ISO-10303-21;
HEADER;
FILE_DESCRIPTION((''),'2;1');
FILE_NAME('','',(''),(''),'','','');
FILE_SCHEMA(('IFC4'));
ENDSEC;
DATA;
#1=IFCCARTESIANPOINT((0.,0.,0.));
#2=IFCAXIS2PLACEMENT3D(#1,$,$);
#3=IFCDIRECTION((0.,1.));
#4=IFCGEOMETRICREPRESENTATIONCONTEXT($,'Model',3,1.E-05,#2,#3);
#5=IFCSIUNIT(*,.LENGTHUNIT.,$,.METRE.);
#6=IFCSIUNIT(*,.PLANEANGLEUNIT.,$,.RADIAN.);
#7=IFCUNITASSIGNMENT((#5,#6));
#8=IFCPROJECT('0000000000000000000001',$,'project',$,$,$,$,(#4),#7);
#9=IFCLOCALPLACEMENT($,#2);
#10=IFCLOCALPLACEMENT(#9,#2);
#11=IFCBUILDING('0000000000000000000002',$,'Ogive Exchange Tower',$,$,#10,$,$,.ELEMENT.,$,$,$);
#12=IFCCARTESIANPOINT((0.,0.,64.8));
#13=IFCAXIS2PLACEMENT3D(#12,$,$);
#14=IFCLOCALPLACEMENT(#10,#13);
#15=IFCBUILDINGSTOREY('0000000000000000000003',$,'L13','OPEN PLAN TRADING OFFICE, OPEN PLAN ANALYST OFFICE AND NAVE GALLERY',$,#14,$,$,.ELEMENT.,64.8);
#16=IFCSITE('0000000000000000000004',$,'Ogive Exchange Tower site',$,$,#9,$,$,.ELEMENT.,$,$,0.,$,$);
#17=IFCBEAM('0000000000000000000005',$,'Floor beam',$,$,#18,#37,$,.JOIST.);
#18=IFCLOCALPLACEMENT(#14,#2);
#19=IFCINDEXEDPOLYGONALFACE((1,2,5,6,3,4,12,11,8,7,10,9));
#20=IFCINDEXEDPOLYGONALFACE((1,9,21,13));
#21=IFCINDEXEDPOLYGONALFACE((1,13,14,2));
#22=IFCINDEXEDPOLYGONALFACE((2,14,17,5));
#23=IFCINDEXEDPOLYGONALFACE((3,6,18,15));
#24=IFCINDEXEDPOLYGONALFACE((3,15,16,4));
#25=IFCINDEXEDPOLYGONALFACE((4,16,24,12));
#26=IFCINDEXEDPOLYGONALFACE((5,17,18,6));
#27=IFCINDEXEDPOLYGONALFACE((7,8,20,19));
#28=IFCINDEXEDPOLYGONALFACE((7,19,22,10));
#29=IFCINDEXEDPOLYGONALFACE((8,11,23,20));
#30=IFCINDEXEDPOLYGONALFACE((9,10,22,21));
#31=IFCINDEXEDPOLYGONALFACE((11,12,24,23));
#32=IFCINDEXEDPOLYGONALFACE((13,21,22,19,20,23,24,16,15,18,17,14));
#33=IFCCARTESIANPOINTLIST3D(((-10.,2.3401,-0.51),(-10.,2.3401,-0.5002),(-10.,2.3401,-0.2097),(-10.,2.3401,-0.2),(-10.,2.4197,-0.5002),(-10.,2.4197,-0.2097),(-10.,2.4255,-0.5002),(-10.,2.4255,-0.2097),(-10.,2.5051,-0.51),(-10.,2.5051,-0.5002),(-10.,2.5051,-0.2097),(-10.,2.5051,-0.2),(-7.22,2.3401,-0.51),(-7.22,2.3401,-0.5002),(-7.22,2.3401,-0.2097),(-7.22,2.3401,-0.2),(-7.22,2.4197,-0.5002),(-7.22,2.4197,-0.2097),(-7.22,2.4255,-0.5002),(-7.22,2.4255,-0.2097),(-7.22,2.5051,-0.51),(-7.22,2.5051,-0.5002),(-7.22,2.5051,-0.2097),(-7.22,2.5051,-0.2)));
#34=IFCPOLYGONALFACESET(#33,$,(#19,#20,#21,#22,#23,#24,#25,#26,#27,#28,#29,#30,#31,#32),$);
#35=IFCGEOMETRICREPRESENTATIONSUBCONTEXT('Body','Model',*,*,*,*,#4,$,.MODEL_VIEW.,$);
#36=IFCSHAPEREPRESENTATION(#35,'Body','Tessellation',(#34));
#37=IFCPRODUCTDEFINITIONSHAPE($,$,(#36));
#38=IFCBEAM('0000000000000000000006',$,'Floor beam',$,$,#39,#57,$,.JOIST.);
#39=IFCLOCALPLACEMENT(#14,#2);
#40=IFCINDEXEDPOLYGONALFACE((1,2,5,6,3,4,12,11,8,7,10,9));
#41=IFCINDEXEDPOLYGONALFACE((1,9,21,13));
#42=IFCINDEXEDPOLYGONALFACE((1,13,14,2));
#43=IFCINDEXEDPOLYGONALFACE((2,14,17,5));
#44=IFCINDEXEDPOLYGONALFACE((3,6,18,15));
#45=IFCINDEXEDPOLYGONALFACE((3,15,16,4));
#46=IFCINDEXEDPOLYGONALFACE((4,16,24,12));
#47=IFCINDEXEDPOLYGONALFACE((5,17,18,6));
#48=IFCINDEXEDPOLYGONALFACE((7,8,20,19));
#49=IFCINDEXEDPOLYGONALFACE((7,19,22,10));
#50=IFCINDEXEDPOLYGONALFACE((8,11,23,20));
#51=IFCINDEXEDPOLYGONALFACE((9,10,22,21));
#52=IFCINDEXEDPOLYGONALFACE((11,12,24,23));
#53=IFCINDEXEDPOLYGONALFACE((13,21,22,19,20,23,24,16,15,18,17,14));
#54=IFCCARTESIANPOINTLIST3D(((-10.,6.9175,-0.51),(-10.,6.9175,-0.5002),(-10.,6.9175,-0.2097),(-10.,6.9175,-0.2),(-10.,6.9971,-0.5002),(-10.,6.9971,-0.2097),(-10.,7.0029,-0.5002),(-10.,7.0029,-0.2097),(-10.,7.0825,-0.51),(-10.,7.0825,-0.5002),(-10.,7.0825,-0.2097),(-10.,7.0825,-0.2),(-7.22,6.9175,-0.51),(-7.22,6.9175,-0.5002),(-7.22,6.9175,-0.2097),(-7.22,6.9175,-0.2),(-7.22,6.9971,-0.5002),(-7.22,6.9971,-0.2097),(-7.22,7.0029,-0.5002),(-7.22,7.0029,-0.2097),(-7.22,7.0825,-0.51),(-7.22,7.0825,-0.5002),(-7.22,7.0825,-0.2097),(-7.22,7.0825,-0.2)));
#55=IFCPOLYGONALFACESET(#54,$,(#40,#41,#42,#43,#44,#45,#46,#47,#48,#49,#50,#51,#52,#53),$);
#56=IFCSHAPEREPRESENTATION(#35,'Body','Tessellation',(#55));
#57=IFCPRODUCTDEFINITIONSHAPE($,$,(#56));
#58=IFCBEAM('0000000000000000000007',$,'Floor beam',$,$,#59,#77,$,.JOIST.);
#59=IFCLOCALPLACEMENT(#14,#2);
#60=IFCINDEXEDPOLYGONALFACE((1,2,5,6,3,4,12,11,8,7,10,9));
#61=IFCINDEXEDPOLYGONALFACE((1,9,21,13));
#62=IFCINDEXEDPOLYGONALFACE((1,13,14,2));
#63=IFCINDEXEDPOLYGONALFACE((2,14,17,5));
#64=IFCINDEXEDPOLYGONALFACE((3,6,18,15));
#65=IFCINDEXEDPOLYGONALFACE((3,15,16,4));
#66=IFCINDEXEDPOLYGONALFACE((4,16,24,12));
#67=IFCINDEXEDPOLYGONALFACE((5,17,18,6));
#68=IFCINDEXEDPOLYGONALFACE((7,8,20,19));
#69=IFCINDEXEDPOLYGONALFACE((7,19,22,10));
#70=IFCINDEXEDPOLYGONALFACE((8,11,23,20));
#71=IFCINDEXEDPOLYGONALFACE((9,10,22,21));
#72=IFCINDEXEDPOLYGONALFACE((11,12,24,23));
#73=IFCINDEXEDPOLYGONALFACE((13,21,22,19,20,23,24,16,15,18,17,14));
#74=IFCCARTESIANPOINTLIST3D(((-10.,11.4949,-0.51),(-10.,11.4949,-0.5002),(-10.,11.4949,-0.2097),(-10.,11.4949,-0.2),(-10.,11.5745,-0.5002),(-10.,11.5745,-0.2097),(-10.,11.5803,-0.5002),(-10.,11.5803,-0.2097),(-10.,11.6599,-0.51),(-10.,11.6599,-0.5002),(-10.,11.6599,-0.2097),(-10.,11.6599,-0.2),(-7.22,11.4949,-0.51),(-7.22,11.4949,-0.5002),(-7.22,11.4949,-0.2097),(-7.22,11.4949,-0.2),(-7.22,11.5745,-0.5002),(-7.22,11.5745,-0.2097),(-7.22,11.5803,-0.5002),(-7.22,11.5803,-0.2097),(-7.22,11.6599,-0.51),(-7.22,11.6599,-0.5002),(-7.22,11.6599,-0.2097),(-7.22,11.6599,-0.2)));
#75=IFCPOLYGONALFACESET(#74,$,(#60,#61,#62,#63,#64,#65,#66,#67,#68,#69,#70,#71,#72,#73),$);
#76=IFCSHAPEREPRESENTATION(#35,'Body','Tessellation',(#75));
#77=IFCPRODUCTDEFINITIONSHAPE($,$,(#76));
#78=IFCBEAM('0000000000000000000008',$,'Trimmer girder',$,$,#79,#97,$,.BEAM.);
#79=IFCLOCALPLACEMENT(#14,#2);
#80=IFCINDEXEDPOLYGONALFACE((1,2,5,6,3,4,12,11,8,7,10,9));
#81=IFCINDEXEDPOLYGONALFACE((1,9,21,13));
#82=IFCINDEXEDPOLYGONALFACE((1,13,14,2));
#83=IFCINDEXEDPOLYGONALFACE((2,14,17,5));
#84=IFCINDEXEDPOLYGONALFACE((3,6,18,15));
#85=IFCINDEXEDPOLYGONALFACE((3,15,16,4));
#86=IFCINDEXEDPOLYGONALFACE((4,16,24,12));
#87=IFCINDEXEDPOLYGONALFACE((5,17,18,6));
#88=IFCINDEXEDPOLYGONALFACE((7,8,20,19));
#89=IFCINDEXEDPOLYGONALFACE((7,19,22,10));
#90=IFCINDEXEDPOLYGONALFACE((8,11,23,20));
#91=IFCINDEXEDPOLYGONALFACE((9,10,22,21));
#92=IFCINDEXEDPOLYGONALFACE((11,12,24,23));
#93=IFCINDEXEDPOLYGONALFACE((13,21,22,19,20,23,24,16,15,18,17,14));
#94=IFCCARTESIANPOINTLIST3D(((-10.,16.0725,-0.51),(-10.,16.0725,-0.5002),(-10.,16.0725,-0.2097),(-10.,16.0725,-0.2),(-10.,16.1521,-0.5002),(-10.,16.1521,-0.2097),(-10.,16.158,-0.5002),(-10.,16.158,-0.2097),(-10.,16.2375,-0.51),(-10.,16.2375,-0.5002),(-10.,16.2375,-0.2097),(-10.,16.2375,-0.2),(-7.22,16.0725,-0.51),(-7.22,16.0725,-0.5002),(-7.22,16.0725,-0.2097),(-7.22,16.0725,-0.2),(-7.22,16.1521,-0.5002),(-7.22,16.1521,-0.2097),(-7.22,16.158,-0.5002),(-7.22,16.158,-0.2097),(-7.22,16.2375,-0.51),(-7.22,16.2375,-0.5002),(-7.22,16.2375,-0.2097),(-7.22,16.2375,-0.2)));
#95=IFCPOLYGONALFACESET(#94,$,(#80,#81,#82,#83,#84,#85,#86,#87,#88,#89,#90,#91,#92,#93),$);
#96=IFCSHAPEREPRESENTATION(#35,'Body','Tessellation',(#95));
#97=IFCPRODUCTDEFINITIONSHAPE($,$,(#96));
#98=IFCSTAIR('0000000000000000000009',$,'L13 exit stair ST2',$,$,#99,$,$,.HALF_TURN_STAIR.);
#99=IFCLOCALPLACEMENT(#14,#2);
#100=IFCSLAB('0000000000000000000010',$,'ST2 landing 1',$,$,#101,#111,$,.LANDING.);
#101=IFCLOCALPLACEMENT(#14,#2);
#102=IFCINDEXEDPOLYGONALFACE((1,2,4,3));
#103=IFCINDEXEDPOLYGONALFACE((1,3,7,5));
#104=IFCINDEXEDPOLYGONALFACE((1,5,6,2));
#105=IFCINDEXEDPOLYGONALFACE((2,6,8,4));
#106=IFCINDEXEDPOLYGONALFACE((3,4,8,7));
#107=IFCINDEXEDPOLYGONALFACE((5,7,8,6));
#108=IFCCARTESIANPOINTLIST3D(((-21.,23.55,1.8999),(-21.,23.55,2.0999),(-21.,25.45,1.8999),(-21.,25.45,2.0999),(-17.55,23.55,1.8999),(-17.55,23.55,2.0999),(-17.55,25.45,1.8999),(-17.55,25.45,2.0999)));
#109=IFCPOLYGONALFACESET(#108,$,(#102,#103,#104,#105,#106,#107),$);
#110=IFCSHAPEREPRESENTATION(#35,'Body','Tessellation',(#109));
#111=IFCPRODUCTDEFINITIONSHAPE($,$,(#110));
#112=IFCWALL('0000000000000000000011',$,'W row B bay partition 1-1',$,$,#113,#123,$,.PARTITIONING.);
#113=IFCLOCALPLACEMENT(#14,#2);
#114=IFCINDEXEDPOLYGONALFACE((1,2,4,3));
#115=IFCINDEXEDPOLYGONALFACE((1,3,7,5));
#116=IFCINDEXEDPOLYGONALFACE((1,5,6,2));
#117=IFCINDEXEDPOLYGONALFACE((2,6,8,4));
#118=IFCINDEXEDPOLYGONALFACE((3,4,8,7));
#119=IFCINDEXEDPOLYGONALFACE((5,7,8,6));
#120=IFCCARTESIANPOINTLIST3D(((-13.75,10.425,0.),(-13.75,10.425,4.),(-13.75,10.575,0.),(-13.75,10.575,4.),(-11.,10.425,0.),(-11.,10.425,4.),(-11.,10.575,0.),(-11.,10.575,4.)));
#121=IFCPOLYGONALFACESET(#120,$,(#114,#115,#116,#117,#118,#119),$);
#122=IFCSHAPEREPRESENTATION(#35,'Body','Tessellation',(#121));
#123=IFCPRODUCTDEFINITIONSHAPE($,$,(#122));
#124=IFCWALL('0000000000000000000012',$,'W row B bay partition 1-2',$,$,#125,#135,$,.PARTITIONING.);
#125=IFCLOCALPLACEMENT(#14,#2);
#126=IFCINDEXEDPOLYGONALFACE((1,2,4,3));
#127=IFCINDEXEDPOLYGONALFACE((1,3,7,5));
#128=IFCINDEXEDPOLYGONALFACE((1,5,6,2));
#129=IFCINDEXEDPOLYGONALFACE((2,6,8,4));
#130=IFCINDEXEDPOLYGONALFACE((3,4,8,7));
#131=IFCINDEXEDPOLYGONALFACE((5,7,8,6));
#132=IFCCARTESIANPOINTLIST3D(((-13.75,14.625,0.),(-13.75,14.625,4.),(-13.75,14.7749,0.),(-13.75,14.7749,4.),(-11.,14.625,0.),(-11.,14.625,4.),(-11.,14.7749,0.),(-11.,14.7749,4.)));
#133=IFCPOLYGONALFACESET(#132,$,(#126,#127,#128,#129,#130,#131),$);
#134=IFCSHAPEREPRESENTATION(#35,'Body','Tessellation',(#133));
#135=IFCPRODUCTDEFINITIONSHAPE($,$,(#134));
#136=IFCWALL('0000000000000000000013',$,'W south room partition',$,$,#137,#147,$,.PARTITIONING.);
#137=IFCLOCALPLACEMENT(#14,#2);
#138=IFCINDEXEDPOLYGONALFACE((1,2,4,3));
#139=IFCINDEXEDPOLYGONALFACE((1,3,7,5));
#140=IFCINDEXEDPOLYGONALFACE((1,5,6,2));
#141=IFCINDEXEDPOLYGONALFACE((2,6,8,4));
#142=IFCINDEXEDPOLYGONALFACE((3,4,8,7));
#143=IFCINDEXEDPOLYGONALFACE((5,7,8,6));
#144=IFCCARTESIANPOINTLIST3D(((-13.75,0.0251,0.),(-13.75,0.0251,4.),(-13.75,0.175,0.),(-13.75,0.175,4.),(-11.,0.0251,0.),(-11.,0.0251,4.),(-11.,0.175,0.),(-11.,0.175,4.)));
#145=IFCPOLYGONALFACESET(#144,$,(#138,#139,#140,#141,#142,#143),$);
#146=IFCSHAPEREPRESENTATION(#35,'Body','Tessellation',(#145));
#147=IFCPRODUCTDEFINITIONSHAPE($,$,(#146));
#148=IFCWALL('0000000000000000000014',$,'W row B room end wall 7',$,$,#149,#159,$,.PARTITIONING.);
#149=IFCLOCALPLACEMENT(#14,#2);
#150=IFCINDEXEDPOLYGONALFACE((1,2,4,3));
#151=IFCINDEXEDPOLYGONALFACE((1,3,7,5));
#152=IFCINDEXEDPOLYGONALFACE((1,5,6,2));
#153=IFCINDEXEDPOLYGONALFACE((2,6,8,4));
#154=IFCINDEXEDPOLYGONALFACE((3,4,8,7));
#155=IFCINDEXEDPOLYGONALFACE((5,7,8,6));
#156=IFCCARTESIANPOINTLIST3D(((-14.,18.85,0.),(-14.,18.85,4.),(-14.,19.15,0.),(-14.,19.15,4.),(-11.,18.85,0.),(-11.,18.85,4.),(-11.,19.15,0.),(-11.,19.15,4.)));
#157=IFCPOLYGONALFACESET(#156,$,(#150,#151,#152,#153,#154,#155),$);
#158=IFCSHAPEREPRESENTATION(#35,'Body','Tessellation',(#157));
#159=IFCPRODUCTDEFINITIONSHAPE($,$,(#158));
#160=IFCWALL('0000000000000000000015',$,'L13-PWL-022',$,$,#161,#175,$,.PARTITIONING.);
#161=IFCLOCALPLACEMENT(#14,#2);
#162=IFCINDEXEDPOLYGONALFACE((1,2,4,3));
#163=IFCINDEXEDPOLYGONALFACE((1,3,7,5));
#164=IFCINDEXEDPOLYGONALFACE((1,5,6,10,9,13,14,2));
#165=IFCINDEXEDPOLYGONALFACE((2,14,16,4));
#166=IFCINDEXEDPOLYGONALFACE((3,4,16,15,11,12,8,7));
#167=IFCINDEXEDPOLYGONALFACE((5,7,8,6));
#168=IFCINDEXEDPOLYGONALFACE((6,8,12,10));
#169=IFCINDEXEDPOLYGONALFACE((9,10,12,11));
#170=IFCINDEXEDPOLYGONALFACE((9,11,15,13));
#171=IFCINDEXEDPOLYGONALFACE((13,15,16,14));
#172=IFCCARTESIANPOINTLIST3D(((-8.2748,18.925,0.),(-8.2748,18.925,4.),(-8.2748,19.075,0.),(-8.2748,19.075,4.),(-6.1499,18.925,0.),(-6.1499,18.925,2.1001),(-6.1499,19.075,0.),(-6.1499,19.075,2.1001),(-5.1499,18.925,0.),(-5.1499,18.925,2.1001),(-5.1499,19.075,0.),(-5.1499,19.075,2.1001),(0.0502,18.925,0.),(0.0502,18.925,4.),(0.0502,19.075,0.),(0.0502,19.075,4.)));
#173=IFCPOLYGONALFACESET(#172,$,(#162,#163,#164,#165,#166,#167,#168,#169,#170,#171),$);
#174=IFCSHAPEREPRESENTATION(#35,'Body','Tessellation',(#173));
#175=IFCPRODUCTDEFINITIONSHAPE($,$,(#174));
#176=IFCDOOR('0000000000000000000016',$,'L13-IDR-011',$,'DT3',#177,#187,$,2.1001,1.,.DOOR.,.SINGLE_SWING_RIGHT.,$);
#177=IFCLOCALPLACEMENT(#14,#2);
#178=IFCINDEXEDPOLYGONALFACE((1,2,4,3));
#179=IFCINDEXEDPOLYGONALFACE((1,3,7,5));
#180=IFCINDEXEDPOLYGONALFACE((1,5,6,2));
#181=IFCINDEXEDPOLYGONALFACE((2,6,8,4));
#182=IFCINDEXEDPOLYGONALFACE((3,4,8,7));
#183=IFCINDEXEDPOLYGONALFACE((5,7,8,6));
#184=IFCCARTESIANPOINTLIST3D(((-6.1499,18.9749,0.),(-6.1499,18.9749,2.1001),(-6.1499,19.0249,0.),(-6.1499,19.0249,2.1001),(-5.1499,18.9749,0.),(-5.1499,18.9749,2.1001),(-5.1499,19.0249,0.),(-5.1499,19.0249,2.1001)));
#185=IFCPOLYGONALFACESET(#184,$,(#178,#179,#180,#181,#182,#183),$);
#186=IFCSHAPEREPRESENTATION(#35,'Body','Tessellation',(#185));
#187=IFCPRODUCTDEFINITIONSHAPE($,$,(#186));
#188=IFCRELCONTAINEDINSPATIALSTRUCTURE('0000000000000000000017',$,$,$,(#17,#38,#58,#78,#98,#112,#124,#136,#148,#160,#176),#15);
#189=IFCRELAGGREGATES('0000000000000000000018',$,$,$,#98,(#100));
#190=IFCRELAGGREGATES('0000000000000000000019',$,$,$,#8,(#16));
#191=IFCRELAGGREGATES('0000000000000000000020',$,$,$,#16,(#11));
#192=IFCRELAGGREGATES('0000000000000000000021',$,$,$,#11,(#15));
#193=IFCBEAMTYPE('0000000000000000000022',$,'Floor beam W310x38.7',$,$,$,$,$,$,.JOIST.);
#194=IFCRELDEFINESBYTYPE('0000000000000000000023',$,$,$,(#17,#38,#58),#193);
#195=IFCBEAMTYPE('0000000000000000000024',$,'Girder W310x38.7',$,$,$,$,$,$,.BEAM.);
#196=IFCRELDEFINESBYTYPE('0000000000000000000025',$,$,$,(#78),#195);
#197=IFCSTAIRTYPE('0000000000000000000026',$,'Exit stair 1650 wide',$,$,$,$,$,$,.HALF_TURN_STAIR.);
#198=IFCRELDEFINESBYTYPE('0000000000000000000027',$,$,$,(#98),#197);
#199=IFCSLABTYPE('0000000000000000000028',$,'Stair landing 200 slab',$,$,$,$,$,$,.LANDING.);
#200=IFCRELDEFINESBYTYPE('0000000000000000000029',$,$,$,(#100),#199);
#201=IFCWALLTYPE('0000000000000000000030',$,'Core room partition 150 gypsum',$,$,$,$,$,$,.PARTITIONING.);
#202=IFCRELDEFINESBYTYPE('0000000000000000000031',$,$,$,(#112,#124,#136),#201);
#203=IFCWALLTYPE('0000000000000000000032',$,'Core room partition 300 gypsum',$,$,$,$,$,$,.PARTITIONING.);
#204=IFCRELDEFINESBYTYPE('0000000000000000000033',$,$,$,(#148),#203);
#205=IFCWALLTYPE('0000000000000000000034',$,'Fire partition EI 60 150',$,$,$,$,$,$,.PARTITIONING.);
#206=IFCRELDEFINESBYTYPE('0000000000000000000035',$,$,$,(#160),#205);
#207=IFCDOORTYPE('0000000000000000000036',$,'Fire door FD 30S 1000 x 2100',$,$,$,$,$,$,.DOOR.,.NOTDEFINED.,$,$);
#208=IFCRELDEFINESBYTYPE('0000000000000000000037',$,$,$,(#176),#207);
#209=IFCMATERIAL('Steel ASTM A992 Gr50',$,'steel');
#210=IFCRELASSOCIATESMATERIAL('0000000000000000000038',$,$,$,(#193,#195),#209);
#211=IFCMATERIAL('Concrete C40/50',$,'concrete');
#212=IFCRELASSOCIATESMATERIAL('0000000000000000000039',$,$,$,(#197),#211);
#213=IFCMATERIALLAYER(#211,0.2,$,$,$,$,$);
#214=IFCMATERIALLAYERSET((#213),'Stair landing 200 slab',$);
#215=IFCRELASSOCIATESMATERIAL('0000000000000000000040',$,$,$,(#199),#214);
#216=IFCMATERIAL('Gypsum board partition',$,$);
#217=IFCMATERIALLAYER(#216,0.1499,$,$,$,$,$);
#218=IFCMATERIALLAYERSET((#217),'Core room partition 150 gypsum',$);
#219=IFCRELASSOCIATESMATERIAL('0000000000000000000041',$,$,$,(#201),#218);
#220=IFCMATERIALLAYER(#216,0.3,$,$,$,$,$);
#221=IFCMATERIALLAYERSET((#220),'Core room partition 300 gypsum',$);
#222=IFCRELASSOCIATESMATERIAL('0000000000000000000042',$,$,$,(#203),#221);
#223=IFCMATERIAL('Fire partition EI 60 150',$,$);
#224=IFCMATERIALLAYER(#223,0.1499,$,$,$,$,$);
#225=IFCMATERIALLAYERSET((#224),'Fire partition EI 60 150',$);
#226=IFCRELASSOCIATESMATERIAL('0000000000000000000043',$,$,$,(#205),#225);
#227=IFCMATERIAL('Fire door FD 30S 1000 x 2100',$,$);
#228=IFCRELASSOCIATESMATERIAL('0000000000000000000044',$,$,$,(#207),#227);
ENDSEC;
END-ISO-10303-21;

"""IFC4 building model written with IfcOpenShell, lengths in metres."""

from ifc_helpers import new_model, si_unit, direction, frame, frame_2d, origin, origin_2d, place, context, subcontext, project, spatial, polyline, rectangle, i_section, outline, extrude, material, layer, layer_set, material_profile, profile_set, type_object, element, fill, aggregate, save


model = new_model("IFC4")

# Units and contexts
model_context = context("Model", 3, precision=1e-05, world=origin(), true_north=direction((0.0, 1.0)))
body_context = subcontext(model_context, "Body", "Model", "MODEL_VIEW")
ifc_project = project(units=[si_unit("LENGTHUNIT", "METRE"), si_unit("PLANEANGLEUNIT", "RADIAN")], contexts=[model_context])

# Site, building, storey
site_placement = place(None, origin())
site = spatial("IfcSite", under=ifc_project, at=site_placement, Name="Ogive Exchange Tower site", CompositionType="ELEMENT", RefElevation=0.0)
building_placement = place(site_placement, origin())
building = spatial("IfcBuilding", under=site, at=building_placement, Name="Ogive Exchange Tower", CompositionType="ELEMENT")
storey_placement = place(building_placement, frame((0.0, 0.0, 64.8)))
storey = spatial("IfcBuildingStorey", under=building, at=storey_placement, Name="L13", Description="OPEN PLAN TRADING OFFICE, OPEN PLAN ANALYST OFFICE AND NAVE GALLERY", CompositionType="ELEMENT", Elevation=64.8)

# Beams
ifc_material_1 = material(Name="Steel ASTM A992 Gr50", Category="steel")
ifc_material_profile_1 = material_profile(ifc_material_1, i_section(OverallWidth=0.165, OverallDepth=0.3101, WebThickness=0.0059, FlangeThickness=0.0098, at=origin_2d()), Name="W310x38.7")
ifc_profile_set_1 = profile_set([ifc_material_profile_1], Name="Steel ASTM A992 Gr50")
beam_type_1 = type_object("IfcBeamType", Name="Floor beam W310x38.7", PredefinedType="JOIST", material=ifc_profile_set_1)
for number, where, z_axis, x_axis, name in (
    (1, (-10.0, 2.4226, -0.355), (1.0, 0.0, 0.0), (0.0, 1.0, 0.0), "Floor beam"),
    (2, (-10.0, 7.0, -0.355), (1.0, 0.0, 0.0), (0.0, 1.0, 0.0), "Floor beam"),
    (3, (-10.0, 11.5774, -0.355), (1.0, 0.0, 0.0), (0.0, 1.0, 0.0), "Floor beam"),
):
    element("IfcBeam", number, at=place(storey_placement, frame(where, z_axis=z_axis, x_axis=x_axis)), inside=storey, type_object=beam_type_1, Name=name, PredefinedType="JOIST", context=body_context, shape_type="SweptSolid", body=[
        extrude(i_section(OverallWidth=0.165, OverallDepth=0.3101, WebThickness=0.0059, FlangeThickness=0.0098, at=origin_2d()), origin(), (0.0, 0.0, 1.0), 2.78),
    ])
ifc_material_profile_2 = material_profile(ifc_material_1, i_section(OverallWidth=0.165, OverallDepth=0.3101, WebThickness=0.0059, FlangeThickness=0.0098, at=origin_2d()), Name="W310x38.7")
ifc_profile_set_2 = profile_set([ifc_material_profile_2], Name="Steel ASTM A992 Gr50")
beam_type_2 = type_object("IfcBeamType", Name="Girder W310x38.7", PredefinedType="BEAM", material=ifc_profile_set_2)
beam_placement = place(storey_placement, frame((-10.0, 16.155, -0.355), z_axis=(1.0, 0.0, 0.0), x_axis=(0.0, 1.0, 0.0)))
element("IfcBeam", 4, at=beam_placement, inside=storey, type_object=beam_type_2, Name="Trimmer girder", PredefinedType="BEAM", context=body_context, shape_type="SweptSolid", body=[
    extrude(i_section(OverallWidth=0.165, OverallDepth=0.3101, WebThickness=0.0059, FlangeThickness=0.0098, at=origin_2d()), origin(), (0.0, 0.0, 1.0), 2.78),
])

# Stair, slab
ifc_material_2 = material(Name="Concrete C40/50", Category="concrete")
stair_type = type_object("IfcStairType", Name="Exit stair 1650 wide", PredefinedType="HALF_TURN_STAIR", material=ifc_material_2)
stair_1_placement = place(storey_placement, origin())
stair_1 = element("IfcStair", 5, at=stair_1_placement, inside=storey, type_object=stair_type, Name="L13 exit stair ST2", PredefinedType="HALF_TURN_STAIR")
ifc_layer_1 = layer(ifc_material_2, 0.2)
ifc_layer_set_1 = layer_set([ifc_layer_1], Name="Stair landing 200 slab")
slab_type = type_object("IfcSlabType", Name="Stair landing 200 slab", PredefinedType="LANDING", material=ifc_layer_set_1)
slab_placement = place(storey_placement, frame((0.0, 0.0, 1.8999)))
slab = element("IfcSlab", 6, at=slab_placement, type_object=slab_type, Name="ST2 landing 1", PredefinedType="LANDING", context=body_context, shape_type="SweptSolid", body=[
    extrude(outline(polyline([(-17.55, 23.55), (-17.55, 25.45), (-21.0, 25.45), (-21.0, 23.55), (-17.55, 23.55)])), origin(), (0.0, 0.0, 1.0), 0.2),
])
aggregate(stair_1, [slab])

# Walls
ifc_material_3 = material(Name="Gypsum board partition")
ifc_layer_2 = layer(ifc_material_3, 0.1499)
ifc_layer_set_2 = layer_set([ifc_layer_2], Name="Core room partition 150 gypsum")
wall_type_1 = type_object("IfcWallType", Name="Core room partition 150 gypsum", PredefinedType="PARTITIONING", material=ifc_layer_set_2)
for number, where, z_axis, x_axis, name in (
    (7, (-13.75, 10.5, 0.0), (0.0, 0.0, 1.0), (1.0, 0.0, 0.0), "W row B bay partition 1-1"),
    (8, (-13.75, 14.7, 0.0), (0.0, 0.0, 1.0), (1.0, 0.0, 0.0), "W row B bay partition 1-2"),
    (9, (-13.75, 0.1001, 0.0), (0.0, 0.0, 1.0), (1.0, 0.0, 0.0), "W south room partition"),
):
    element("IfcWall", number, at=place(storey_placement, frame(where, z_axis=z_axis, x_axis=x_axis)), inside=storey, type_object=wall_type_1, Name=name, PredefinedType="PARTITIONING", context=body_context, shape_type="SweptSolid", body=[
        extrude(rectangle(XDim=2.75, YDim=0.1499, at=frame_2d((1.375, 0.0))), origin(), (0.0, 0.0, 1.0), 4.0),
    ])
ifc_layer_3 = layer(ifc_material_3, 0.3)
ifc_layer_set_3 = layer_set([ifc_layer_3], Name="Core room partition 300 gypsum")
wall_type_2 = type_object("IfcWallType", Name="Core room partition 300 gypsum", PredefinedType="PARTITIONING", material=ifc_layer_set_3)
wall_1_placement = place(storey_placement, frame((-14.0, 19.0, 0.0), z_axis=(0.0, 0.0, 1.0), x_axis=(1.0, 0.0, 0.0)))
element("IfcWall", 10, at=wall_1_placement, inside=storey, type_object=wall_type_2, Name="W row B room end wall 7", PredefinedType="PARTITIONING", context=body_context, shape_type="SweptSolid", body=[
    extrude(rectangle(XDim=3.0, YDim=0.3, at=frame_2d((1.5, 0.0))), origin(), (0.0, 0.0, 1.0), 4.0),
])

# Wall, opening, door
ifc_material_4 = material(Name="Fire partition EI 60 150")
ifc_layer_4 = layer(ifc_material_4, 0.1499)
ifc_layer_set_4 = layer_set([ifc_layer_4], Name="Fire partition EI 60 150")
wall_type_3 = type_object("IfcWallType", Name="Fire partition EI 60 150", PredefinedType="PARTITIONING", material=ifc_layer_set_4)
wall_2_placement = place(storey_placement, frame((-8.2749, 19.0, 0.0), z_axis=(0.0, 0.0, 1.0), x_axis=(1.0, 0.0, 0.0)))
wall_2 = element("IfcWall", 11, at=wall_2_placement, inside=storey, type_object=wall_type_3, Name="L13-PWL-022", PredefinedType="PARTITIONING", context=body_context, shape_type="SweptSolid", body=[
    extrude(rectangle(XDim=8.325, YDim=0.1499, at=frame_2d((4.1626, 0.0))), origin(), (0.0, 0.0, 1.0), 4.0),
])
opening_1_placement = place(wall_2_placement, frame((2.125, 0.0, 0.0)))
opening_1 = element("IfcOpeningElement", 12, at=opening_1_placement, cuts=wall_2, PredefinedType="OPENING", context=body_context, shape_type="SweptSolid", body=[
    extrude(rectangle(XDim=1.0, YDim=2.1001, at=frame_2d((0.5, 1.05))), frame((0.0, 0.085, 0.0), z_axis=(0.0, -1.0, 0.0), x_axis=(1.0, 0.0, 0.0)), (0.0, 0.0, 1.0), 0.1699),
])
ifc_material_5 = material(Name="Fire door FD 30S 1000 x 2100")
door_type_1 = type_object("IfcDoorType", Name="Fire door FD 30S 1000 x 2100", OperationType="NOTDEFINED", PredefinedType="DOOR", material=ifc_material_5)
door_1_placement = place(opening_1_placement, origin())
door_1 = element("IfcDoor", 13, at=door_1_placement, inside=storey, type_object=door_type_1, Name="L13-IDR-011", ObjectType="DT3", OperationType="SINGLE_SWING_RIGHT", OverallHeight=2.1001, OverallWidth=1.0, PredefinedType="DOOR", context=body_context, shape_type="SweptSolid", body=[
    extrude(rectangle(XDim=1.0, YDim=2.1001, at=frame_2d((0.5, 1.05))), frame((0.0, 0.0249, 0.0), z_axis=(0.0, -1.0, 0.0), x_axis=(1.0, 0.0, 0.0)), (0.0, 0.0, 1.0), 0.05),
])
fill(opening_1, door_1)

save(model, "model.ifc")
